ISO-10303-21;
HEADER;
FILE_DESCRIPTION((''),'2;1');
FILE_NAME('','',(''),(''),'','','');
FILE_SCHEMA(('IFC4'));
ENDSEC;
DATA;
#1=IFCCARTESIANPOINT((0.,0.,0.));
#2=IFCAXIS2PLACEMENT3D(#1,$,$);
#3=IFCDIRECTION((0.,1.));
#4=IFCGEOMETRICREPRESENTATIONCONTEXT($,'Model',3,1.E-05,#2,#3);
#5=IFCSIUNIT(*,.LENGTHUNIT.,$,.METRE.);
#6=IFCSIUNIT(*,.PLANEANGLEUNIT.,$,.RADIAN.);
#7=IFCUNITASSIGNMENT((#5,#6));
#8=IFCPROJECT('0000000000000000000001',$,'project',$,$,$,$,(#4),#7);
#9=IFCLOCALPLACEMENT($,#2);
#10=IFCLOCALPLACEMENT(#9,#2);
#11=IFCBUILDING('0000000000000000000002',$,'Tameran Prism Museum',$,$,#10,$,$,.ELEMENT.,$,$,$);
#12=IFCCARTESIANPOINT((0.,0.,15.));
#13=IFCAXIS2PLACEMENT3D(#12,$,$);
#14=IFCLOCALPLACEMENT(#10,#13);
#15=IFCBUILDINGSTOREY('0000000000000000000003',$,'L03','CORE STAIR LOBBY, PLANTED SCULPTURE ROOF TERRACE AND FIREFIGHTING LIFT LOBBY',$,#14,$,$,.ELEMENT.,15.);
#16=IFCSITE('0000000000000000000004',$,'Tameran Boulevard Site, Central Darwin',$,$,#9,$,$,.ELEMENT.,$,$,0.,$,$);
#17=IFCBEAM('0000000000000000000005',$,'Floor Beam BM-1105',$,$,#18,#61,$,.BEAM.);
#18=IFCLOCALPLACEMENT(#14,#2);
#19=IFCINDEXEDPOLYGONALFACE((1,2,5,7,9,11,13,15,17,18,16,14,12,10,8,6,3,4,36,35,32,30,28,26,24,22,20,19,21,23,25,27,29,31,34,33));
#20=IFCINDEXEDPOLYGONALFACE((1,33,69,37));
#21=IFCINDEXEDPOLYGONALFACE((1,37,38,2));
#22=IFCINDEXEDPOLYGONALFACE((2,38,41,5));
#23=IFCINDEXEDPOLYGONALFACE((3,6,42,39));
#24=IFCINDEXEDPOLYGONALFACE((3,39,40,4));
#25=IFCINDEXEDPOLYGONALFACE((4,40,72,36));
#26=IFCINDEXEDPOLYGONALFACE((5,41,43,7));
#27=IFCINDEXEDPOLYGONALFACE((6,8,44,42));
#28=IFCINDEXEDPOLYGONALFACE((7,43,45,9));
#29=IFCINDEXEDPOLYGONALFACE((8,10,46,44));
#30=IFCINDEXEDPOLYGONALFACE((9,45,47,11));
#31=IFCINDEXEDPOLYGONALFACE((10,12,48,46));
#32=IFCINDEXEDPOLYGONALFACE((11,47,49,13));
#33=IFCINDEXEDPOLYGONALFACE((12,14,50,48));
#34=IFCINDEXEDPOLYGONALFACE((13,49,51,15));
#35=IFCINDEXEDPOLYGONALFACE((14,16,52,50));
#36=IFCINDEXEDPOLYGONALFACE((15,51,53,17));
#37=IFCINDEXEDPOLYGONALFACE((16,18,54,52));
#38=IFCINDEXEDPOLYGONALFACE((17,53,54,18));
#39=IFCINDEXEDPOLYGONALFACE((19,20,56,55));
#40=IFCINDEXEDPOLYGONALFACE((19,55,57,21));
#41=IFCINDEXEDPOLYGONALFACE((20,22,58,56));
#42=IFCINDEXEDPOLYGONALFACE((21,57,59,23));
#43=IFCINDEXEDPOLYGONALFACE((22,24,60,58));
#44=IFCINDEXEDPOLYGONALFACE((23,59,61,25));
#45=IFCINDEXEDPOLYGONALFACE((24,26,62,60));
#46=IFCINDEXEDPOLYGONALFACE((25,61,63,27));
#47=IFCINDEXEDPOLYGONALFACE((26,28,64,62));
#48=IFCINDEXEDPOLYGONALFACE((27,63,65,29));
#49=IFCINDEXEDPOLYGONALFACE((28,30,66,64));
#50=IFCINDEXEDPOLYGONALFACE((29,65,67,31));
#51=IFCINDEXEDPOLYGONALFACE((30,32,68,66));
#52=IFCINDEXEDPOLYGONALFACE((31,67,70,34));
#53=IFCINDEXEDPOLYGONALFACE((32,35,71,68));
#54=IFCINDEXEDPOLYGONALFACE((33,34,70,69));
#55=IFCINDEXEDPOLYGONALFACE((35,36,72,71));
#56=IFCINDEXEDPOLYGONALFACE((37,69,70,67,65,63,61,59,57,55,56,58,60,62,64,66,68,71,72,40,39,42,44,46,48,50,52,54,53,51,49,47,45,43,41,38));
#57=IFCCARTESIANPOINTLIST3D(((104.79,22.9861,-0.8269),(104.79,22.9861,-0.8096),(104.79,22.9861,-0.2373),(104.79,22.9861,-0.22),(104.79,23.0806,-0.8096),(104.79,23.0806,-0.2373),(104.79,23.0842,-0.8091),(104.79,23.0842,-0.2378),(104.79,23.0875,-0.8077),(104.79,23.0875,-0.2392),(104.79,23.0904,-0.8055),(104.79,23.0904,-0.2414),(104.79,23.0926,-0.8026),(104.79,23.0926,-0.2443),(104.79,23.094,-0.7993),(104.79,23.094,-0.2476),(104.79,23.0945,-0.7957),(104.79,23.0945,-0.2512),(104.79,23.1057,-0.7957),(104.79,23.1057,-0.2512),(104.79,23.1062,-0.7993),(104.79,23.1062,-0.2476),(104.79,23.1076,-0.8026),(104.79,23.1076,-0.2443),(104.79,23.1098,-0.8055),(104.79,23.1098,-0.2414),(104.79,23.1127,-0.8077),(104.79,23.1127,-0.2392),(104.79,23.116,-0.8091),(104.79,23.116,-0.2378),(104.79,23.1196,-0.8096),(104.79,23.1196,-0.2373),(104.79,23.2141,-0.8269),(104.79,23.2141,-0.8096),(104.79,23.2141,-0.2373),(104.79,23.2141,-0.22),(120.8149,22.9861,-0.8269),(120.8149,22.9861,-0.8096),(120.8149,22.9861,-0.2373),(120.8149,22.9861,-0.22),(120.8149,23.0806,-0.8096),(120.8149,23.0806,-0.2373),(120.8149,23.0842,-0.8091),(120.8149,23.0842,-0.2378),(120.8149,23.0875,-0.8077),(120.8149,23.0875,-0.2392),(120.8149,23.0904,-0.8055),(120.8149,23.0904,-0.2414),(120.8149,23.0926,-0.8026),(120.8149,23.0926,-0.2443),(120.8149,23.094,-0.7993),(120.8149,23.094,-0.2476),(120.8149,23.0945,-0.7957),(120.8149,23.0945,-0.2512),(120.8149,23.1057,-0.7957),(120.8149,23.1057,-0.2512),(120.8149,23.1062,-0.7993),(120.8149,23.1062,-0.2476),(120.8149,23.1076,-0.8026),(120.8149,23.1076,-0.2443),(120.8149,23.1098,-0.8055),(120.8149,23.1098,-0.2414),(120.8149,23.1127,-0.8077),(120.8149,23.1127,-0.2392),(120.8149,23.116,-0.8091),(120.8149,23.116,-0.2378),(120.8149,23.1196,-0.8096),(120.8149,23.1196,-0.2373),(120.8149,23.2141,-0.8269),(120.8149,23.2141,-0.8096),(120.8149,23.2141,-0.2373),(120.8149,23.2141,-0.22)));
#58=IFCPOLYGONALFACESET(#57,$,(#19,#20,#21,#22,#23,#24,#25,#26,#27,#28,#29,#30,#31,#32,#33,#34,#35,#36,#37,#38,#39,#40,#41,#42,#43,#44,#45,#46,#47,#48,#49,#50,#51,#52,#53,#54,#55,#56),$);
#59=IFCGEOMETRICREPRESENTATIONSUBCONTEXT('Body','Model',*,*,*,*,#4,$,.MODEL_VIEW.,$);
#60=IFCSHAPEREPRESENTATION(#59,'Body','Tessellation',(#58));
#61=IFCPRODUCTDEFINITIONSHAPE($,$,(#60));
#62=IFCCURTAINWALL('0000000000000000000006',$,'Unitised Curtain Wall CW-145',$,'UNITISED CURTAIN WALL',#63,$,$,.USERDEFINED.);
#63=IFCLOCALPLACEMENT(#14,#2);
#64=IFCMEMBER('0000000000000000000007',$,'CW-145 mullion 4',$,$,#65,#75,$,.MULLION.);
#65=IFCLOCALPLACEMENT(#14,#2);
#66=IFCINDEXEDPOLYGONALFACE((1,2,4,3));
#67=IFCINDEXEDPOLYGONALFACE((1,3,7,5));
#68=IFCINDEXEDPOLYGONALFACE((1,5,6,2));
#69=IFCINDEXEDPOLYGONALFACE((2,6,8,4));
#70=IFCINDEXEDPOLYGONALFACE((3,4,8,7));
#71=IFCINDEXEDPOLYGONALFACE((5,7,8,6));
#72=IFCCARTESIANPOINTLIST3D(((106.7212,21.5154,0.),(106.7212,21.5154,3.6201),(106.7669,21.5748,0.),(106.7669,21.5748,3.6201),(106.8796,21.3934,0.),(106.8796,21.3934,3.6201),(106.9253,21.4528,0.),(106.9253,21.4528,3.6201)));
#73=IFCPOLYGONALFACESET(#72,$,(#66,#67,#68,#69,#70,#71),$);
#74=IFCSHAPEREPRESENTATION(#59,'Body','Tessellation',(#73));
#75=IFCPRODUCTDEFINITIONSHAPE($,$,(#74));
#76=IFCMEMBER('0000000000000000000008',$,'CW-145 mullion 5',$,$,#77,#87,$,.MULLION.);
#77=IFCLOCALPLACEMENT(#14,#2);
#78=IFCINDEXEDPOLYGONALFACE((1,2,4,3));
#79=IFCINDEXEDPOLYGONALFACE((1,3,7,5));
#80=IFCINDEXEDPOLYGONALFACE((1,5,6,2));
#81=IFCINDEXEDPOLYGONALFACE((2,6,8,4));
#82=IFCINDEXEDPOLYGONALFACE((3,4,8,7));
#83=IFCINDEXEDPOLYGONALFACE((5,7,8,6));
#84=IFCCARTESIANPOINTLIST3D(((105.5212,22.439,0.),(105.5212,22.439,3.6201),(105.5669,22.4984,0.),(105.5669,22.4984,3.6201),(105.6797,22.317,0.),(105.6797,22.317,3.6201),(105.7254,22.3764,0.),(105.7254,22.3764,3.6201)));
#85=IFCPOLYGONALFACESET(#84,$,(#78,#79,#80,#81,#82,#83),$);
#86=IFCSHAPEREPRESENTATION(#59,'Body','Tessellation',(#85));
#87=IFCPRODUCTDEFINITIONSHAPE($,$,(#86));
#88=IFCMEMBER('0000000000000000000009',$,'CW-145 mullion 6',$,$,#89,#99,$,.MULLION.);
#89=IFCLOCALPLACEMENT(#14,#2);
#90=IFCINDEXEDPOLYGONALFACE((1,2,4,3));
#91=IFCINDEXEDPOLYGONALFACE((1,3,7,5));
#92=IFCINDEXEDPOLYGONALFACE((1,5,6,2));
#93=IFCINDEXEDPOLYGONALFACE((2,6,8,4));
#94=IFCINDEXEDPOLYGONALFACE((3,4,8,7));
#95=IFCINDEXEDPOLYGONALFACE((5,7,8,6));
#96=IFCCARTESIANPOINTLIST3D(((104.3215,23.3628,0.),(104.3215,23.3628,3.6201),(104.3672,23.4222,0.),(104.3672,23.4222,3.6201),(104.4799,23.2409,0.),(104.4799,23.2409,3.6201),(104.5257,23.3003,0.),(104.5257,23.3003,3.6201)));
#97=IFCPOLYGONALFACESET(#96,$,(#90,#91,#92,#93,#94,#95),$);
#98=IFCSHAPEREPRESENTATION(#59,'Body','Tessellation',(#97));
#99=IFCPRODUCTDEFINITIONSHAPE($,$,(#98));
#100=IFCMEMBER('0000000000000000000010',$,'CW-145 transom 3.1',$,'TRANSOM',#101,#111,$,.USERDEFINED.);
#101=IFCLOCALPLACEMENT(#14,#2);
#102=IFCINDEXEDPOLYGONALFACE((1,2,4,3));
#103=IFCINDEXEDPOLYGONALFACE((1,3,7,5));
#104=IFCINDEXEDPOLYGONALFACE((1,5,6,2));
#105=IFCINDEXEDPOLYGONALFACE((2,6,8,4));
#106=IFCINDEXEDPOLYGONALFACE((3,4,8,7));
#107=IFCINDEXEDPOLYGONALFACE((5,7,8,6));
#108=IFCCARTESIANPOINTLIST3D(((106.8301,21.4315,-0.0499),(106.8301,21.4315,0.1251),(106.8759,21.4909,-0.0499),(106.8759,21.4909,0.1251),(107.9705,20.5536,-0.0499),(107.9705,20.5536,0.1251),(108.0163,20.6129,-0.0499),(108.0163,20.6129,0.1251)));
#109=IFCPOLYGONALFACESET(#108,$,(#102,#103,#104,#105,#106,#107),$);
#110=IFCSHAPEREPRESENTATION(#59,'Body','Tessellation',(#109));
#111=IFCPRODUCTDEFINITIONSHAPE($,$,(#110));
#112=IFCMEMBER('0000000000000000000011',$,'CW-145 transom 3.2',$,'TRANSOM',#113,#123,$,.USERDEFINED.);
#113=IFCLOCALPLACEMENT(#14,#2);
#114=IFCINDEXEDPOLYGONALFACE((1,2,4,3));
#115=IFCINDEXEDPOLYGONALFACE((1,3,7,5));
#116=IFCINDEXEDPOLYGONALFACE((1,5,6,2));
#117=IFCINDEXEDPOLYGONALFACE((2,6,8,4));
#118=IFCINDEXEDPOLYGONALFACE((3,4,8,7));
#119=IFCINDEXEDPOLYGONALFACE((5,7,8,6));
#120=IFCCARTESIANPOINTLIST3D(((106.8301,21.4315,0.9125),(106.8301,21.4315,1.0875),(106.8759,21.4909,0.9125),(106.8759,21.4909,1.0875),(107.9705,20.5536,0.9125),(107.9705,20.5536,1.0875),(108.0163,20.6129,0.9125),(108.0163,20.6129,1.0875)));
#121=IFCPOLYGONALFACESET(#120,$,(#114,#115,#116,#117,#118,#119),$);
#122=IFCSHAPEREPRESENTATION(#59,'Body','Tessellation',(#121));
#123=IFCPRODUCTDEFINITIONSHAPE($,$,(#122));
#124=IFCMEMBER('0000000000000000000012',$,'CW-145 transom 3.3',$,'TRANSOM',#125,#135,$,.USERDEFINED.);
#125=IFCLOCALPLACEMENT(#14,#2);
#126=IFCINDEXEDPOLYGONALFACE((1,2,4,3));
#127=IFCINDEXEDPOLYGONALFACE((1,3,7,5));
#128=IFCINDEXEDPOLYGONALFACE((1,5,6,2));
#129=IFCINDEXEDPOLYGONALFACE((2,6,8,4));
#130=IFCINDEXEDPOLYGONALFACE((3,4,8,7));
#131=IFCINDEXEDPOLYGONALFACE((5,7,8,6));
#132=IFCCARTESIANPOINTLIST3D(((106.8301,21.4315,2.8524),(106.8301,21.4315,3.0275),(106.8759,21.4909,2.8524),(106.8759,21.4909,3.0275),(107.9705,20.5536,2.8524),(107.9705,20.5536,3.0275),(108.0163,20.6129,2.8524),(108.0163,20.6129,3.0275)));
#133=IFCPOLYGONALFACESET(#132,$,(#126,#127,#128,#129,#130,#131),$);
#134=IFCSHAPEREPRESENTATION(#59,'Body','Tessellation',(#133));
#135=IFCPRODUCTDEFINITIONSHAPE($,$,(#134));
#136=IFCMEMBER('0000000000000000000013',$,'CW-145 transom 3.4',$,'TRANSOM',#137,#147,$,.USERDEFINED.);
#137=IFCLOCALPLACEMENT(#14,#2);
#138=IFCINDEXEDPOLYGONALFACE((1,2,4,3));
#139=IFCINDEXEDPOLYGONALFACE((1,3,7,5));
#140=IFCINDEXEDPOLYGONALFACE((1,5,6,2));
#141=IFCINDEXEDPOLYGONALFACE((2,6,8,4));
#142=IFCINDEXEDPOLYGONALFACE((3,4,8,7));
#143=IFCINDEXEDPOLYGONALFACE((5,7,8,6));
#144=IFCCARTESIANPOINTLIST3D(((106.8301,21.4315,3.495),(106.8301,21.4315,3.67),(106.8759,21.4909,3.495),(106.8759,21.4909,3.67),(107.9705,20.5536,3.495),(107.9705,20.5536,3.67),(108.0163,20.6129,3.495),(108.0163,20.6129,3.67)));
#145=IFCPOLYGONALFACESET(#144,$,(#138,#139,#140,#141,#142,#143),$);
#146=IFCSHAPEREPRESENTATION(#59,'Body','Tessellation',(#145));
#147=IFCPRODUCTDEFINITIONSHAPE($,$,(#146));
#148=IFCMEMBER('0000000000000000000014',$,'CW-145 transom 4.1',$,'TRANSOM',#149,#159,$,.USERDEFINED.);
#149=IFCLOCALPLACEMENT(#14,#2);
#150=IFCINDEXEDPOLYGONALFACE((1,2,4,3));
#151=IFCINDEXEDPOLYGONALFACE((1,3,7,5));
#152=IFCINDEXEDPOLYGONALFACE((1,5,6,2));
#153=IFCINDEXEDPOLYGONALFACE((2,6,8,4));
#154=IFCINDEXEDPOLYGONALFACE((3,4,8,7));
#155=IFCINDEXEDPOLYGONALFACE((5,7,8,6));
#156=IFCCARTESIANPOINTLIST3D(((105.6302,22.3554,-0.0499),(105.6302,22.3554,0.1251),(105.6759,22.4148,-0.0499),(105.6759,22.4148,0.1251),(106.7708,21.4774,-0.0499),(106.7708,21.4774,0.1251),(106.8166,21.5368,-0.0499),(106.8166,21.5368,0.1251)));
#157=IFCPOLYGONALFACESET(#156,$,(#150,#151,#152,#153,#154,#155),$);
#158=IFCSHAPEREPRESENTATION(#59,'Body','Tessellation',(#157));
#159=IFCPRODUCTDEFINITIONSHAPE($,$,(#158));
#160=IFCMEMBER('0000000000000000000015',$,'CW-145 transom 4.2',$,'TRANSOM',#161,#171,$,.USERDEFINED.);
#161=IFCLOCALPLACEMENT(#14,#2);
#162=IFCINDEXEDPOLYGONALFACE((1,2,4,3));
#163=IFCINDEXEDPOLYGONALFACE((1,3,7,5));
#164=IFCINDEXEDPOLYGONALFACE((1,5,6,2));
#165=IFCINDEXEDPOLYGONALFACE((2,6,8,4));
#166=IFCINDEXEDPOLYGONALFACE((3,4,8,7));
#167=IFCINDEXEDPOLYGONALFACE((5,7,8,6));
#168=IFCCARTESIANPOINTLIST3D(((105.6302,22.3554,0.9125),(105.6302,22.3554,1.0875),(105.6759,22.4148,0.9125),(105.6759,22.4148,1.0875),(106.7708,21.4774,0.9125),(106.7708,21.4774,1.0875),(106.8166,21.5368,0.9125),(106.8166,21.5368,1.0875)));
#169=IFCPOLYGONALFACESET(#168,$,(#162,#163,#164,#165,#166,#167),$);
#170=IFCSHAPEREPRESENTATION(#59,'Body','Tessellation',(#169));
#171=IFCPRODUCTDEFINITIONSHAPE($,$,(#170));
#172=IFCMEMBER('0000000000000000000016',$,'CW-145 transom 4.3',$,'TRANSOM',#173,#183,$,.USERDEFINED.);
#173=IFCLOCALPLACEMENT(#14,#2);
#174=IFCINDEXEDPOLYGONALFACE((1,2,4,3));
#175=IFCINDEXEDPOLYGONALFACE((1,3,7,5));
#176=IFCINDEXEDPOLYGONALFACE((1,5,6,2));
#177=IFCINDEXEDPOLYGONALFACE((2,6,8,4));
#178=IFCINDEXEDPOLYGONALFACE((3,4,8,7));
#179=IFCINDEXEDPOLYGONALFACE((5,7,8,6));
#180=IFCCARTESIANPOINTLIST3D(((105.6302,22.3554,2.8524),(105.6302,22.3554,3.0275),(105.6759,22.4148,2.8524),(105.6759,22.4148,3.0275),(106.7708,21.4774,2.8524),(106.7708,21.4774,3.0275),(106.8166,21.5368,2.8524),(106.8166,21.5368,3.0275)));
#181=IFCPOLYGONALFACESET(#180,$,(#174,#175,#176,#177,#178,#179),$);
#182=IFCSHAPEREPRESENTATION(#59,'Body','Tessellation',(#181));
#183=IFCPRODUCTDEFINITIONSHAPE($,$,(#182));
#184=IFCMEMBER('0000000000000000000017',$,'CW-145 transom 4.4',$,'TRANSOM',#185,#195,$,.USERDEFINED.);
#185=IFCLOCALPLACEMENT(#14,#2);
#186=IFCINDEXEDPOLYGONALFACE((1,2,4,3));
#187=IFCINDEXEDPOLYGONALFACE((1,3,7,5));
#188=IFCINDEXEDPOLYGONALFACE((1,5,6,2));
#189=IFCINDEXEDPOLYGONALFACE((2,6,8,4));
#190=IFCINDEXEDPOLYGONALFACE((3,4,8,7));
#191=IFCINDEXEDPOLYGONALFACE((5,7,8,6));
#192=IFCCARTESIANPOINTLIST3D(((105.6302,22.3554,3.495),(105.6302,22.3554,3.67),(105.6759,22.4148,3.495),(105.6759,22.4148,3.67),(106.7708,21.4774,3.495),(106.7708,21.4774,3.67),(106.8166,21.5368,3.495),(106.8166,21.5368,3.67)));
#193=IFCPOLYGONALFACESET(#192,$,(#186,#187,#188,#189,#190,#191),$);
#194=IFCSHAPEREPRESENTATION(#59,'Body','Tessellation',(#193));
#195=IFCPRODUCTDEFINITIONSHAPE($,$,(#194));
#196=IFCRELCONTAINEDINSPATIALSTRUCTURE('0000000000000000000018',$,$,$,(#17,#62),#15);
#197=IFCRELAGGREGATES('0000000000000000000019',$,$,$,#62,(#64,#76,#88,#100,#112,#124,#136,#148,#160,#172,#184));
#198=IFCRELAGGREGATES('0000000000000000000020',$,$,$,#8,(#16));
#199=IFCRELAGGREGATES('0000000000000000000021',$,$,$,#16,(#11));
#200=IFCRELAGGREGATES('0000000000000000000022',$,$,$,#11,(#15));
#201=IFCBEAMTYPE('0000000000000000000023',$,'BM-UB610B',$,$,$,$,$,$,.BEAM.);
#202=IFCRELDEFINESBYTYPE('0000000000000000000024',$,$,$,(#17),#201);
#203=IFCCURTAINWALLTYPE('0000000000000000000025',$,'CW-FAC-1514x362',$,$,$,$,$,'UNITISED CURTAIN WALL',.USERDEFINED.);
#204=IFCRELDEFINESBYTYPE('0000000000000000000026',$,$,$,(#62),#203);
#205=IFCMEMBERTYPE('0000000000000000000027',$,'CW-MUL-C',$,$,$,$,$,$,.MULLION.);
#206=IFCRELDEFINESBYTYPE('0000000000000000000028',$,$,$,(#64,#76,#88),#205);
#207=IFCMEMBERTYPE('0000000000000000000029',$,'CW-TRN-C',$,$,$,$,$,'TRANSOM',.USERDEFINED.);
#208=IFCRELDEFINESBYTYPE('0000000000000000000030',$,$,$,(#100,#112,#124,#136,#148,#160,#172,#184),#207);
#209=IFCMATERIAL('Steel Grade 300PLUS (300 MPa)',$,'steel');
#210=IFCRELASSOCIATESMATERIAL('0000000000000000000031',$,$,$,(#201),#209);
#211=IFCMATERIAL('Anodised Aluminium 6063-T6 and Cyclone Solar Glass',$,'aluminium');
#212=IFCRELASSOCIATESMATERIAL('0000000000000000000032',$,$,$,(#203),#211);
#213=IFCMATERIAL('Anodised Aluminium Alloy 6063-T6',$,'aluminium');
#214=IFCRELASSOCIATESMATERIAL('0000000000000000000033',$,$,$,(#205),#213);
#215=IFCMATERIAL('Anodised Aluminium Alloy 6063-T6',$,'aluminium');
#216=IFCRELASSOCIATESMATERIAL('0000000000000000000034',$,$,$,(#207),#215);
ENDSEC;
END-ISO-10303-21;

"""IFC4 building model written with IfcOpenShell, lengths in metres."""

from ifc_helpers import new_model, si_unit, direction, frame, origin, origin_2d, place, context, subcontext, project, spatial, rectangle, i_section, extrude, material, material_profile, profile_set, type_object, element, aggregate, save


model = new_model("IFC4")

# Units and contexts
model_context = context("Model", 3, precision=1e-05, world=origin(), true_north=direction((0.0, 1.0)))
body_context = subcontext(model_context, "Body", "Model", "MODEL_VIEW")
ifc_project = project(units=[si_unit("LENGTHUNIT", "METRE"), si_unit("PLANEANGLEUNIT", "RADIAN")], contexts=[model_context])

# Site, building, storey
site_placement = place(None, origin())
site = spatial("IfcSite", under=ifc_project, at=site_placement, Name="Tameran Boulevard Site, Central Darwin", CompositionType="ELEMENT", RefElevation=0.0)
building_placement = place(site_placement, origin())
building = spatial("IfcBuilding", under=site, at=building_placement, Name="Tameran Prism Museum", CompositionType="ELEMENT")
storey_placement = place(building_placement, frame((0.0, 0.0, 15.0)))
storey = spatial("IfcBuildingStorey", under=building, at=storey_placement, Name="L03", Description="CORE STAIR LOBBY, PLANTED SCULPTURE ROOF TERRACE AND FIREFIGHTING LIFT LOBBY", CompositionType="ELEMENT", Elevation=15.0)

# Beam
ifc_material_1 = material(Name="Steel Grade 300PLUS (300 MPa)", Category="steel")
ifc_material_profile_1 = material_profile(ifc_material_1, i_section(OverallWidth=0.228, OverallDepth=0.6069, WebThickness=0.0112, FlangeThickness=0.0173, FilletRadius=0.0139, at=origin_2d()))
ifc_profile_set_1 = profile_set([ifc_material_profile_1])
beam_type = type_object("IfcBeamType", Name="BM-UB610B", PredefinedType="BEAM", material=ifc_profile_set_1)
beam_placement = place(storey_placement, frame((104.79, 23.1001, -0.5234), z_axis=(1.0, 0.0, 0.0), x_axis=(0.0, 1.0, 0.0)))
element("IfcBeam", 1, at=beam_placement, inside=storey, type_object=beam_type, Name="Floor Beam BM-1105", PredefinedType="BEAM", context=body_context, shape_type="SweptSolid", body=[
    extrude(i_section(OverallWidth=0.228, OverallDepth=0.6069, WebThickness=0.0112, FlangeThickness=0.0173, FilletRadius=0.0139, at=origin_2d()), origin(), (0.0, 0.0, 1.0), 16.0249),
])

# Curtain wall, members
ifc_material_2 = material(Name="Anodised Aluminium 6063-T6 and Cyclone Solar Glass", Category="aluminium")
curtain_wall_type = type_object("IfcCurtainWallType", Name="CW-FAC-1514x362", ElementType="UNITISED CURTAIN WALL", PredefinedType="USERDEFINED", material=ifc_material_2)
curtain_wall_placement = place(storey_placement, origin())
curtain_wall = element("IfcCurtainWall", 2, at=curtain_wall_placement, inside=storey, type_object=curtain_wall_type, Name="Unitised Curtain Wall CW-145", ObjectType="UNITISED CURTAIN WALL", PredefinedType="USERDEFINED")
ifc_material_3 = material(Name="Anodised Aluminium Alloy 6063-T6", Category="aluminium")
ifc_material_profile_2 = material_profile(ifc_material_3, rectangle(XDim=0.075, YDim=0.2, at=origin_2d()))
ifc_profile_set_2 = profile_set([ifc_material_profile_2])
member_type_1 = type_object("IfcMemberType", Name="CW-MUL-C", PredefinedType="MULLION", material=ifc_profile_set_2)
member_1_placement = place(storey_placement, frame((106.8232, 21.4841, 0.0), z_axis=(0.0, 0.0, 1.0), x_axis=(-0.610001, -0.792401, 0.0)))
member_1 = element("IfcMember", 3, at=member_1_placement, type_object=member_type_1, Name="CW-145 mullion 4", PredefinedType="MULLION", context=body_context, shape_type="SweptSolid", body=[
    extrude(rectangle(XDim=0.075, YDim=0.2, at=origin_2d()), origin(), (0.0, 0.0, 1.0), 3.6201),
])
member_2_placement = place(storey_placement, frame((105.6233, 22.4077, 0.0), z_axis=(0.0, 0.0, 1.0), x_axis=(-0.610001, -0.792401, 0.0)))
member_2 = element("IfcMember", 4, at=member_2_placement, type_object=member_type_1, Name="CW-145 mullion 5", PredefinedType="MULLION", context=body_context, shape_type="SweptSolid", body=[
    extrude(rectangle(XDim=0.075, YDim=0.2, at=origin_2d()), origin(), (0.0, 0.0, 1.0), 3.6201),
])
member_3_placement = place(storey_placement, frame((104.4236, 23.3315, 0.0), z_axis=(0.0, 0.0, 1.0), x_axis=(-0.610001, -0.792401, 0.0)))
member_3 = element("IfcMember", 5, at=member_3_placement, type_object=member_type_1, Name="CW-145 mullion 6", PredefinedType="MULLION", context=body_context, shape_type="SweptSolid", body=[
    extrude(rectangle(XDim=0.075, YDim=0.2, at=origin_2d()), origin(), (0.0, 0.0, 1.0), 3.6201),
])
ifc_material_4 = material(Name="Anodised Aluminium Alloy 6063-T6", Category="aluminium")
ifc_material_profile_3 = material_profile(ifc_material_4, rectangle(XDim=0.075, YDim=0.175, at=origin_2d()))
ifc_profile_set_3 = profile_set([ifc_material_profile_3])
member_type_2 = type_object("IfcMemberType", Name="CW-TRN-C", ElementType="TRANSOM", PredefinedType="USERDEFINED", material=ifc_profile_set_3)
member_4_placement = place(storey_placement, frame((107.9934, 20.5833, 0.0376), z_axis=(-0.792384, 0.610022, 0.0), x_axis=(-0.610022, -0.792384, 0.0)))
member_4 = element("IfcMember", 6, at=member_4_placement, type_object=member_type_2, Name="CW-145 transom 3.1", ObjectType="TRANSOM", PredefinedType="USERDEFINED", context=body_context, shape_type="SweptSolid", body=[
    extrude(rectangle(XDim=0.075, YDim=0.175, at=origin_2d()), origin(), (0.0, 0.0, 1.0), 1.4392),
])
member_5_placement = place(storey_placement, frame((107.9934, 20.5833, 1.0), z_axis=(-0.792384, 0.610022, 0.0), x_axis=(-0.610022, -0.792384, 0.0)))
member_5 = element("IfcMember", 7, at=member_5_placement, type_object=member_type_2, Name="CW-145 transom 3.2", ObjectType="TRANSOM", PredefinedType="USERDEFINED", context=body_context, shape_type="SweptSolid", body=[
    extrude(rectangle(XDim=0.075, YDim=0.175, at=origin_2d()), origin(), (0.0, 0.0, 1.0), 1.4392),
])
member_6_placement = place(storey_placement, frame((107.9934, 20.5833, 2.9399), z_axis=(-0.792384, 0.610022, 0.0), x_axis=(-0.610022, -0.792384, 0.0)))
member_6 = element("IfcMember", 8, at=member_6_placement, type_object=member_type_2, Name="CW-145 transom 3.3", ObjectType="TRANSOM", PredefinedType="USERDEFINED", context=body_context, shape_type="SweptSolid", body=[
    extrude(rectangle(XDim=0.075, YDim=0.175, at=origin_2d()), origin(), (0.0, 0.0, 1.0), 1.4392),
])
member_7_placement = place(storey_placement, frame((107.9934, 20.5833, 3.5825), z_axis=(-0.792384, 0.610022, 0.0), x_axis=(-0.610022, -0.792384, 0.0)))
member_7 = element("IfcMember", 9, at=member_7_placement, type_object=member_type_2, Name="CW-145 transom 3.4", ObjectType="TRANSOM", PredefinedType="USERDEFINED", context=body_context, shape_type="SweptSolid", body=[
    extrude(rectangle(XDim=0.075, YDim=0.175, at=origin_2d()), origin(), (0.0, 0.0, 1.0), 1.4392),
])
member_8_placement = place(storey_placement, frame((106.7937, 21.5071, 0.0376), z_axis=(-0.792447, 0.60994, 0.0), x_axis=(-0.60994, -0.792447, 0.0)))
member_8 = element("IfcMember", 10, at=member_8_placement, type_object=member_type_2, Name="CW-145 transom 4.1", ObjectType="TRANSOM", PredefinedType="USERDEFINED", context=body_context, shape_type="SweptSolid", body=[
    extrude(rectangle(XDim=0.075, YDim=0.175, at=origin_2d()), origin(), (0.0, 0.0, 1.0), 1.4395),
])
member_9_placement = place(storey_placement, frame((106.7937, 21.5071, 1.0), z_axis=(-0.792447, 0.60994, 0.0), x_axis=(-0.60994, -0.792447, 0.0)))
member_9 = element("IfcMember", 11, at=member_9_placement, type_object=member_type_2, Name="CW-145 transom 4.2", ObjectType="TRANSOM", PredefinedType="USERDEFINED", context=body_context, shape_type="SweptSolid", body=[
    extrude(rectangle(XDim=0.075, YDim=0.175, at=origin_2d()), origin(), (0.0, 0.0, 1.0), 1.4395),
])
member_10_placement = place(storey_placement, frame((106.7937, 21.5071, 2.9399), z_axis=(-0.792447, 0.60994, 0.0), x_axis=(-0.60994, -0.792447, 0.0)))
member_10 = element("IfcMember", 12, at=member_10_placement, type_object=member_type_2, Name="CW-145 transom 4.3", ObjectType="TRANSOM", PredefinedType="USERDEFINED", context=body_context, shape_type="SweptSolid", body=[
    extrude(rectangle(XDim=0.075, YDim=0.175, at=origin_2d()), origin(), (0.0, 0.0, 1.0), 1.4395),
])
member_11_placement = place(storey_placement, frame((106.7937, 21.5071, 3.5825), z_axis=(-0.792447, 0.60994, 0.0), x_axis=(-0.60994, -0.792447, 0.0)))
member_11 = element("IfcMember", 13, at=member_11_placement, type_object=member_type_2, Name="CW-145 transom 4.4", ObjectType="TRANSOM", PredefinedType="USERDEFINED", context=body_context, shape_type="SweptSolid", body=[
    extrude(rectangle(XDim=0.075, YDim=0.175, at=origin_2d()), origin(), (0.0, 0.0, 1.0), 1.4395),
])
aggregate(curtain_wall, [member_1, member_2, member_3, member_4, member_5, member_6, member_7, member_8, member_9, member_10, member_11])

save(model, "model.ifc")
